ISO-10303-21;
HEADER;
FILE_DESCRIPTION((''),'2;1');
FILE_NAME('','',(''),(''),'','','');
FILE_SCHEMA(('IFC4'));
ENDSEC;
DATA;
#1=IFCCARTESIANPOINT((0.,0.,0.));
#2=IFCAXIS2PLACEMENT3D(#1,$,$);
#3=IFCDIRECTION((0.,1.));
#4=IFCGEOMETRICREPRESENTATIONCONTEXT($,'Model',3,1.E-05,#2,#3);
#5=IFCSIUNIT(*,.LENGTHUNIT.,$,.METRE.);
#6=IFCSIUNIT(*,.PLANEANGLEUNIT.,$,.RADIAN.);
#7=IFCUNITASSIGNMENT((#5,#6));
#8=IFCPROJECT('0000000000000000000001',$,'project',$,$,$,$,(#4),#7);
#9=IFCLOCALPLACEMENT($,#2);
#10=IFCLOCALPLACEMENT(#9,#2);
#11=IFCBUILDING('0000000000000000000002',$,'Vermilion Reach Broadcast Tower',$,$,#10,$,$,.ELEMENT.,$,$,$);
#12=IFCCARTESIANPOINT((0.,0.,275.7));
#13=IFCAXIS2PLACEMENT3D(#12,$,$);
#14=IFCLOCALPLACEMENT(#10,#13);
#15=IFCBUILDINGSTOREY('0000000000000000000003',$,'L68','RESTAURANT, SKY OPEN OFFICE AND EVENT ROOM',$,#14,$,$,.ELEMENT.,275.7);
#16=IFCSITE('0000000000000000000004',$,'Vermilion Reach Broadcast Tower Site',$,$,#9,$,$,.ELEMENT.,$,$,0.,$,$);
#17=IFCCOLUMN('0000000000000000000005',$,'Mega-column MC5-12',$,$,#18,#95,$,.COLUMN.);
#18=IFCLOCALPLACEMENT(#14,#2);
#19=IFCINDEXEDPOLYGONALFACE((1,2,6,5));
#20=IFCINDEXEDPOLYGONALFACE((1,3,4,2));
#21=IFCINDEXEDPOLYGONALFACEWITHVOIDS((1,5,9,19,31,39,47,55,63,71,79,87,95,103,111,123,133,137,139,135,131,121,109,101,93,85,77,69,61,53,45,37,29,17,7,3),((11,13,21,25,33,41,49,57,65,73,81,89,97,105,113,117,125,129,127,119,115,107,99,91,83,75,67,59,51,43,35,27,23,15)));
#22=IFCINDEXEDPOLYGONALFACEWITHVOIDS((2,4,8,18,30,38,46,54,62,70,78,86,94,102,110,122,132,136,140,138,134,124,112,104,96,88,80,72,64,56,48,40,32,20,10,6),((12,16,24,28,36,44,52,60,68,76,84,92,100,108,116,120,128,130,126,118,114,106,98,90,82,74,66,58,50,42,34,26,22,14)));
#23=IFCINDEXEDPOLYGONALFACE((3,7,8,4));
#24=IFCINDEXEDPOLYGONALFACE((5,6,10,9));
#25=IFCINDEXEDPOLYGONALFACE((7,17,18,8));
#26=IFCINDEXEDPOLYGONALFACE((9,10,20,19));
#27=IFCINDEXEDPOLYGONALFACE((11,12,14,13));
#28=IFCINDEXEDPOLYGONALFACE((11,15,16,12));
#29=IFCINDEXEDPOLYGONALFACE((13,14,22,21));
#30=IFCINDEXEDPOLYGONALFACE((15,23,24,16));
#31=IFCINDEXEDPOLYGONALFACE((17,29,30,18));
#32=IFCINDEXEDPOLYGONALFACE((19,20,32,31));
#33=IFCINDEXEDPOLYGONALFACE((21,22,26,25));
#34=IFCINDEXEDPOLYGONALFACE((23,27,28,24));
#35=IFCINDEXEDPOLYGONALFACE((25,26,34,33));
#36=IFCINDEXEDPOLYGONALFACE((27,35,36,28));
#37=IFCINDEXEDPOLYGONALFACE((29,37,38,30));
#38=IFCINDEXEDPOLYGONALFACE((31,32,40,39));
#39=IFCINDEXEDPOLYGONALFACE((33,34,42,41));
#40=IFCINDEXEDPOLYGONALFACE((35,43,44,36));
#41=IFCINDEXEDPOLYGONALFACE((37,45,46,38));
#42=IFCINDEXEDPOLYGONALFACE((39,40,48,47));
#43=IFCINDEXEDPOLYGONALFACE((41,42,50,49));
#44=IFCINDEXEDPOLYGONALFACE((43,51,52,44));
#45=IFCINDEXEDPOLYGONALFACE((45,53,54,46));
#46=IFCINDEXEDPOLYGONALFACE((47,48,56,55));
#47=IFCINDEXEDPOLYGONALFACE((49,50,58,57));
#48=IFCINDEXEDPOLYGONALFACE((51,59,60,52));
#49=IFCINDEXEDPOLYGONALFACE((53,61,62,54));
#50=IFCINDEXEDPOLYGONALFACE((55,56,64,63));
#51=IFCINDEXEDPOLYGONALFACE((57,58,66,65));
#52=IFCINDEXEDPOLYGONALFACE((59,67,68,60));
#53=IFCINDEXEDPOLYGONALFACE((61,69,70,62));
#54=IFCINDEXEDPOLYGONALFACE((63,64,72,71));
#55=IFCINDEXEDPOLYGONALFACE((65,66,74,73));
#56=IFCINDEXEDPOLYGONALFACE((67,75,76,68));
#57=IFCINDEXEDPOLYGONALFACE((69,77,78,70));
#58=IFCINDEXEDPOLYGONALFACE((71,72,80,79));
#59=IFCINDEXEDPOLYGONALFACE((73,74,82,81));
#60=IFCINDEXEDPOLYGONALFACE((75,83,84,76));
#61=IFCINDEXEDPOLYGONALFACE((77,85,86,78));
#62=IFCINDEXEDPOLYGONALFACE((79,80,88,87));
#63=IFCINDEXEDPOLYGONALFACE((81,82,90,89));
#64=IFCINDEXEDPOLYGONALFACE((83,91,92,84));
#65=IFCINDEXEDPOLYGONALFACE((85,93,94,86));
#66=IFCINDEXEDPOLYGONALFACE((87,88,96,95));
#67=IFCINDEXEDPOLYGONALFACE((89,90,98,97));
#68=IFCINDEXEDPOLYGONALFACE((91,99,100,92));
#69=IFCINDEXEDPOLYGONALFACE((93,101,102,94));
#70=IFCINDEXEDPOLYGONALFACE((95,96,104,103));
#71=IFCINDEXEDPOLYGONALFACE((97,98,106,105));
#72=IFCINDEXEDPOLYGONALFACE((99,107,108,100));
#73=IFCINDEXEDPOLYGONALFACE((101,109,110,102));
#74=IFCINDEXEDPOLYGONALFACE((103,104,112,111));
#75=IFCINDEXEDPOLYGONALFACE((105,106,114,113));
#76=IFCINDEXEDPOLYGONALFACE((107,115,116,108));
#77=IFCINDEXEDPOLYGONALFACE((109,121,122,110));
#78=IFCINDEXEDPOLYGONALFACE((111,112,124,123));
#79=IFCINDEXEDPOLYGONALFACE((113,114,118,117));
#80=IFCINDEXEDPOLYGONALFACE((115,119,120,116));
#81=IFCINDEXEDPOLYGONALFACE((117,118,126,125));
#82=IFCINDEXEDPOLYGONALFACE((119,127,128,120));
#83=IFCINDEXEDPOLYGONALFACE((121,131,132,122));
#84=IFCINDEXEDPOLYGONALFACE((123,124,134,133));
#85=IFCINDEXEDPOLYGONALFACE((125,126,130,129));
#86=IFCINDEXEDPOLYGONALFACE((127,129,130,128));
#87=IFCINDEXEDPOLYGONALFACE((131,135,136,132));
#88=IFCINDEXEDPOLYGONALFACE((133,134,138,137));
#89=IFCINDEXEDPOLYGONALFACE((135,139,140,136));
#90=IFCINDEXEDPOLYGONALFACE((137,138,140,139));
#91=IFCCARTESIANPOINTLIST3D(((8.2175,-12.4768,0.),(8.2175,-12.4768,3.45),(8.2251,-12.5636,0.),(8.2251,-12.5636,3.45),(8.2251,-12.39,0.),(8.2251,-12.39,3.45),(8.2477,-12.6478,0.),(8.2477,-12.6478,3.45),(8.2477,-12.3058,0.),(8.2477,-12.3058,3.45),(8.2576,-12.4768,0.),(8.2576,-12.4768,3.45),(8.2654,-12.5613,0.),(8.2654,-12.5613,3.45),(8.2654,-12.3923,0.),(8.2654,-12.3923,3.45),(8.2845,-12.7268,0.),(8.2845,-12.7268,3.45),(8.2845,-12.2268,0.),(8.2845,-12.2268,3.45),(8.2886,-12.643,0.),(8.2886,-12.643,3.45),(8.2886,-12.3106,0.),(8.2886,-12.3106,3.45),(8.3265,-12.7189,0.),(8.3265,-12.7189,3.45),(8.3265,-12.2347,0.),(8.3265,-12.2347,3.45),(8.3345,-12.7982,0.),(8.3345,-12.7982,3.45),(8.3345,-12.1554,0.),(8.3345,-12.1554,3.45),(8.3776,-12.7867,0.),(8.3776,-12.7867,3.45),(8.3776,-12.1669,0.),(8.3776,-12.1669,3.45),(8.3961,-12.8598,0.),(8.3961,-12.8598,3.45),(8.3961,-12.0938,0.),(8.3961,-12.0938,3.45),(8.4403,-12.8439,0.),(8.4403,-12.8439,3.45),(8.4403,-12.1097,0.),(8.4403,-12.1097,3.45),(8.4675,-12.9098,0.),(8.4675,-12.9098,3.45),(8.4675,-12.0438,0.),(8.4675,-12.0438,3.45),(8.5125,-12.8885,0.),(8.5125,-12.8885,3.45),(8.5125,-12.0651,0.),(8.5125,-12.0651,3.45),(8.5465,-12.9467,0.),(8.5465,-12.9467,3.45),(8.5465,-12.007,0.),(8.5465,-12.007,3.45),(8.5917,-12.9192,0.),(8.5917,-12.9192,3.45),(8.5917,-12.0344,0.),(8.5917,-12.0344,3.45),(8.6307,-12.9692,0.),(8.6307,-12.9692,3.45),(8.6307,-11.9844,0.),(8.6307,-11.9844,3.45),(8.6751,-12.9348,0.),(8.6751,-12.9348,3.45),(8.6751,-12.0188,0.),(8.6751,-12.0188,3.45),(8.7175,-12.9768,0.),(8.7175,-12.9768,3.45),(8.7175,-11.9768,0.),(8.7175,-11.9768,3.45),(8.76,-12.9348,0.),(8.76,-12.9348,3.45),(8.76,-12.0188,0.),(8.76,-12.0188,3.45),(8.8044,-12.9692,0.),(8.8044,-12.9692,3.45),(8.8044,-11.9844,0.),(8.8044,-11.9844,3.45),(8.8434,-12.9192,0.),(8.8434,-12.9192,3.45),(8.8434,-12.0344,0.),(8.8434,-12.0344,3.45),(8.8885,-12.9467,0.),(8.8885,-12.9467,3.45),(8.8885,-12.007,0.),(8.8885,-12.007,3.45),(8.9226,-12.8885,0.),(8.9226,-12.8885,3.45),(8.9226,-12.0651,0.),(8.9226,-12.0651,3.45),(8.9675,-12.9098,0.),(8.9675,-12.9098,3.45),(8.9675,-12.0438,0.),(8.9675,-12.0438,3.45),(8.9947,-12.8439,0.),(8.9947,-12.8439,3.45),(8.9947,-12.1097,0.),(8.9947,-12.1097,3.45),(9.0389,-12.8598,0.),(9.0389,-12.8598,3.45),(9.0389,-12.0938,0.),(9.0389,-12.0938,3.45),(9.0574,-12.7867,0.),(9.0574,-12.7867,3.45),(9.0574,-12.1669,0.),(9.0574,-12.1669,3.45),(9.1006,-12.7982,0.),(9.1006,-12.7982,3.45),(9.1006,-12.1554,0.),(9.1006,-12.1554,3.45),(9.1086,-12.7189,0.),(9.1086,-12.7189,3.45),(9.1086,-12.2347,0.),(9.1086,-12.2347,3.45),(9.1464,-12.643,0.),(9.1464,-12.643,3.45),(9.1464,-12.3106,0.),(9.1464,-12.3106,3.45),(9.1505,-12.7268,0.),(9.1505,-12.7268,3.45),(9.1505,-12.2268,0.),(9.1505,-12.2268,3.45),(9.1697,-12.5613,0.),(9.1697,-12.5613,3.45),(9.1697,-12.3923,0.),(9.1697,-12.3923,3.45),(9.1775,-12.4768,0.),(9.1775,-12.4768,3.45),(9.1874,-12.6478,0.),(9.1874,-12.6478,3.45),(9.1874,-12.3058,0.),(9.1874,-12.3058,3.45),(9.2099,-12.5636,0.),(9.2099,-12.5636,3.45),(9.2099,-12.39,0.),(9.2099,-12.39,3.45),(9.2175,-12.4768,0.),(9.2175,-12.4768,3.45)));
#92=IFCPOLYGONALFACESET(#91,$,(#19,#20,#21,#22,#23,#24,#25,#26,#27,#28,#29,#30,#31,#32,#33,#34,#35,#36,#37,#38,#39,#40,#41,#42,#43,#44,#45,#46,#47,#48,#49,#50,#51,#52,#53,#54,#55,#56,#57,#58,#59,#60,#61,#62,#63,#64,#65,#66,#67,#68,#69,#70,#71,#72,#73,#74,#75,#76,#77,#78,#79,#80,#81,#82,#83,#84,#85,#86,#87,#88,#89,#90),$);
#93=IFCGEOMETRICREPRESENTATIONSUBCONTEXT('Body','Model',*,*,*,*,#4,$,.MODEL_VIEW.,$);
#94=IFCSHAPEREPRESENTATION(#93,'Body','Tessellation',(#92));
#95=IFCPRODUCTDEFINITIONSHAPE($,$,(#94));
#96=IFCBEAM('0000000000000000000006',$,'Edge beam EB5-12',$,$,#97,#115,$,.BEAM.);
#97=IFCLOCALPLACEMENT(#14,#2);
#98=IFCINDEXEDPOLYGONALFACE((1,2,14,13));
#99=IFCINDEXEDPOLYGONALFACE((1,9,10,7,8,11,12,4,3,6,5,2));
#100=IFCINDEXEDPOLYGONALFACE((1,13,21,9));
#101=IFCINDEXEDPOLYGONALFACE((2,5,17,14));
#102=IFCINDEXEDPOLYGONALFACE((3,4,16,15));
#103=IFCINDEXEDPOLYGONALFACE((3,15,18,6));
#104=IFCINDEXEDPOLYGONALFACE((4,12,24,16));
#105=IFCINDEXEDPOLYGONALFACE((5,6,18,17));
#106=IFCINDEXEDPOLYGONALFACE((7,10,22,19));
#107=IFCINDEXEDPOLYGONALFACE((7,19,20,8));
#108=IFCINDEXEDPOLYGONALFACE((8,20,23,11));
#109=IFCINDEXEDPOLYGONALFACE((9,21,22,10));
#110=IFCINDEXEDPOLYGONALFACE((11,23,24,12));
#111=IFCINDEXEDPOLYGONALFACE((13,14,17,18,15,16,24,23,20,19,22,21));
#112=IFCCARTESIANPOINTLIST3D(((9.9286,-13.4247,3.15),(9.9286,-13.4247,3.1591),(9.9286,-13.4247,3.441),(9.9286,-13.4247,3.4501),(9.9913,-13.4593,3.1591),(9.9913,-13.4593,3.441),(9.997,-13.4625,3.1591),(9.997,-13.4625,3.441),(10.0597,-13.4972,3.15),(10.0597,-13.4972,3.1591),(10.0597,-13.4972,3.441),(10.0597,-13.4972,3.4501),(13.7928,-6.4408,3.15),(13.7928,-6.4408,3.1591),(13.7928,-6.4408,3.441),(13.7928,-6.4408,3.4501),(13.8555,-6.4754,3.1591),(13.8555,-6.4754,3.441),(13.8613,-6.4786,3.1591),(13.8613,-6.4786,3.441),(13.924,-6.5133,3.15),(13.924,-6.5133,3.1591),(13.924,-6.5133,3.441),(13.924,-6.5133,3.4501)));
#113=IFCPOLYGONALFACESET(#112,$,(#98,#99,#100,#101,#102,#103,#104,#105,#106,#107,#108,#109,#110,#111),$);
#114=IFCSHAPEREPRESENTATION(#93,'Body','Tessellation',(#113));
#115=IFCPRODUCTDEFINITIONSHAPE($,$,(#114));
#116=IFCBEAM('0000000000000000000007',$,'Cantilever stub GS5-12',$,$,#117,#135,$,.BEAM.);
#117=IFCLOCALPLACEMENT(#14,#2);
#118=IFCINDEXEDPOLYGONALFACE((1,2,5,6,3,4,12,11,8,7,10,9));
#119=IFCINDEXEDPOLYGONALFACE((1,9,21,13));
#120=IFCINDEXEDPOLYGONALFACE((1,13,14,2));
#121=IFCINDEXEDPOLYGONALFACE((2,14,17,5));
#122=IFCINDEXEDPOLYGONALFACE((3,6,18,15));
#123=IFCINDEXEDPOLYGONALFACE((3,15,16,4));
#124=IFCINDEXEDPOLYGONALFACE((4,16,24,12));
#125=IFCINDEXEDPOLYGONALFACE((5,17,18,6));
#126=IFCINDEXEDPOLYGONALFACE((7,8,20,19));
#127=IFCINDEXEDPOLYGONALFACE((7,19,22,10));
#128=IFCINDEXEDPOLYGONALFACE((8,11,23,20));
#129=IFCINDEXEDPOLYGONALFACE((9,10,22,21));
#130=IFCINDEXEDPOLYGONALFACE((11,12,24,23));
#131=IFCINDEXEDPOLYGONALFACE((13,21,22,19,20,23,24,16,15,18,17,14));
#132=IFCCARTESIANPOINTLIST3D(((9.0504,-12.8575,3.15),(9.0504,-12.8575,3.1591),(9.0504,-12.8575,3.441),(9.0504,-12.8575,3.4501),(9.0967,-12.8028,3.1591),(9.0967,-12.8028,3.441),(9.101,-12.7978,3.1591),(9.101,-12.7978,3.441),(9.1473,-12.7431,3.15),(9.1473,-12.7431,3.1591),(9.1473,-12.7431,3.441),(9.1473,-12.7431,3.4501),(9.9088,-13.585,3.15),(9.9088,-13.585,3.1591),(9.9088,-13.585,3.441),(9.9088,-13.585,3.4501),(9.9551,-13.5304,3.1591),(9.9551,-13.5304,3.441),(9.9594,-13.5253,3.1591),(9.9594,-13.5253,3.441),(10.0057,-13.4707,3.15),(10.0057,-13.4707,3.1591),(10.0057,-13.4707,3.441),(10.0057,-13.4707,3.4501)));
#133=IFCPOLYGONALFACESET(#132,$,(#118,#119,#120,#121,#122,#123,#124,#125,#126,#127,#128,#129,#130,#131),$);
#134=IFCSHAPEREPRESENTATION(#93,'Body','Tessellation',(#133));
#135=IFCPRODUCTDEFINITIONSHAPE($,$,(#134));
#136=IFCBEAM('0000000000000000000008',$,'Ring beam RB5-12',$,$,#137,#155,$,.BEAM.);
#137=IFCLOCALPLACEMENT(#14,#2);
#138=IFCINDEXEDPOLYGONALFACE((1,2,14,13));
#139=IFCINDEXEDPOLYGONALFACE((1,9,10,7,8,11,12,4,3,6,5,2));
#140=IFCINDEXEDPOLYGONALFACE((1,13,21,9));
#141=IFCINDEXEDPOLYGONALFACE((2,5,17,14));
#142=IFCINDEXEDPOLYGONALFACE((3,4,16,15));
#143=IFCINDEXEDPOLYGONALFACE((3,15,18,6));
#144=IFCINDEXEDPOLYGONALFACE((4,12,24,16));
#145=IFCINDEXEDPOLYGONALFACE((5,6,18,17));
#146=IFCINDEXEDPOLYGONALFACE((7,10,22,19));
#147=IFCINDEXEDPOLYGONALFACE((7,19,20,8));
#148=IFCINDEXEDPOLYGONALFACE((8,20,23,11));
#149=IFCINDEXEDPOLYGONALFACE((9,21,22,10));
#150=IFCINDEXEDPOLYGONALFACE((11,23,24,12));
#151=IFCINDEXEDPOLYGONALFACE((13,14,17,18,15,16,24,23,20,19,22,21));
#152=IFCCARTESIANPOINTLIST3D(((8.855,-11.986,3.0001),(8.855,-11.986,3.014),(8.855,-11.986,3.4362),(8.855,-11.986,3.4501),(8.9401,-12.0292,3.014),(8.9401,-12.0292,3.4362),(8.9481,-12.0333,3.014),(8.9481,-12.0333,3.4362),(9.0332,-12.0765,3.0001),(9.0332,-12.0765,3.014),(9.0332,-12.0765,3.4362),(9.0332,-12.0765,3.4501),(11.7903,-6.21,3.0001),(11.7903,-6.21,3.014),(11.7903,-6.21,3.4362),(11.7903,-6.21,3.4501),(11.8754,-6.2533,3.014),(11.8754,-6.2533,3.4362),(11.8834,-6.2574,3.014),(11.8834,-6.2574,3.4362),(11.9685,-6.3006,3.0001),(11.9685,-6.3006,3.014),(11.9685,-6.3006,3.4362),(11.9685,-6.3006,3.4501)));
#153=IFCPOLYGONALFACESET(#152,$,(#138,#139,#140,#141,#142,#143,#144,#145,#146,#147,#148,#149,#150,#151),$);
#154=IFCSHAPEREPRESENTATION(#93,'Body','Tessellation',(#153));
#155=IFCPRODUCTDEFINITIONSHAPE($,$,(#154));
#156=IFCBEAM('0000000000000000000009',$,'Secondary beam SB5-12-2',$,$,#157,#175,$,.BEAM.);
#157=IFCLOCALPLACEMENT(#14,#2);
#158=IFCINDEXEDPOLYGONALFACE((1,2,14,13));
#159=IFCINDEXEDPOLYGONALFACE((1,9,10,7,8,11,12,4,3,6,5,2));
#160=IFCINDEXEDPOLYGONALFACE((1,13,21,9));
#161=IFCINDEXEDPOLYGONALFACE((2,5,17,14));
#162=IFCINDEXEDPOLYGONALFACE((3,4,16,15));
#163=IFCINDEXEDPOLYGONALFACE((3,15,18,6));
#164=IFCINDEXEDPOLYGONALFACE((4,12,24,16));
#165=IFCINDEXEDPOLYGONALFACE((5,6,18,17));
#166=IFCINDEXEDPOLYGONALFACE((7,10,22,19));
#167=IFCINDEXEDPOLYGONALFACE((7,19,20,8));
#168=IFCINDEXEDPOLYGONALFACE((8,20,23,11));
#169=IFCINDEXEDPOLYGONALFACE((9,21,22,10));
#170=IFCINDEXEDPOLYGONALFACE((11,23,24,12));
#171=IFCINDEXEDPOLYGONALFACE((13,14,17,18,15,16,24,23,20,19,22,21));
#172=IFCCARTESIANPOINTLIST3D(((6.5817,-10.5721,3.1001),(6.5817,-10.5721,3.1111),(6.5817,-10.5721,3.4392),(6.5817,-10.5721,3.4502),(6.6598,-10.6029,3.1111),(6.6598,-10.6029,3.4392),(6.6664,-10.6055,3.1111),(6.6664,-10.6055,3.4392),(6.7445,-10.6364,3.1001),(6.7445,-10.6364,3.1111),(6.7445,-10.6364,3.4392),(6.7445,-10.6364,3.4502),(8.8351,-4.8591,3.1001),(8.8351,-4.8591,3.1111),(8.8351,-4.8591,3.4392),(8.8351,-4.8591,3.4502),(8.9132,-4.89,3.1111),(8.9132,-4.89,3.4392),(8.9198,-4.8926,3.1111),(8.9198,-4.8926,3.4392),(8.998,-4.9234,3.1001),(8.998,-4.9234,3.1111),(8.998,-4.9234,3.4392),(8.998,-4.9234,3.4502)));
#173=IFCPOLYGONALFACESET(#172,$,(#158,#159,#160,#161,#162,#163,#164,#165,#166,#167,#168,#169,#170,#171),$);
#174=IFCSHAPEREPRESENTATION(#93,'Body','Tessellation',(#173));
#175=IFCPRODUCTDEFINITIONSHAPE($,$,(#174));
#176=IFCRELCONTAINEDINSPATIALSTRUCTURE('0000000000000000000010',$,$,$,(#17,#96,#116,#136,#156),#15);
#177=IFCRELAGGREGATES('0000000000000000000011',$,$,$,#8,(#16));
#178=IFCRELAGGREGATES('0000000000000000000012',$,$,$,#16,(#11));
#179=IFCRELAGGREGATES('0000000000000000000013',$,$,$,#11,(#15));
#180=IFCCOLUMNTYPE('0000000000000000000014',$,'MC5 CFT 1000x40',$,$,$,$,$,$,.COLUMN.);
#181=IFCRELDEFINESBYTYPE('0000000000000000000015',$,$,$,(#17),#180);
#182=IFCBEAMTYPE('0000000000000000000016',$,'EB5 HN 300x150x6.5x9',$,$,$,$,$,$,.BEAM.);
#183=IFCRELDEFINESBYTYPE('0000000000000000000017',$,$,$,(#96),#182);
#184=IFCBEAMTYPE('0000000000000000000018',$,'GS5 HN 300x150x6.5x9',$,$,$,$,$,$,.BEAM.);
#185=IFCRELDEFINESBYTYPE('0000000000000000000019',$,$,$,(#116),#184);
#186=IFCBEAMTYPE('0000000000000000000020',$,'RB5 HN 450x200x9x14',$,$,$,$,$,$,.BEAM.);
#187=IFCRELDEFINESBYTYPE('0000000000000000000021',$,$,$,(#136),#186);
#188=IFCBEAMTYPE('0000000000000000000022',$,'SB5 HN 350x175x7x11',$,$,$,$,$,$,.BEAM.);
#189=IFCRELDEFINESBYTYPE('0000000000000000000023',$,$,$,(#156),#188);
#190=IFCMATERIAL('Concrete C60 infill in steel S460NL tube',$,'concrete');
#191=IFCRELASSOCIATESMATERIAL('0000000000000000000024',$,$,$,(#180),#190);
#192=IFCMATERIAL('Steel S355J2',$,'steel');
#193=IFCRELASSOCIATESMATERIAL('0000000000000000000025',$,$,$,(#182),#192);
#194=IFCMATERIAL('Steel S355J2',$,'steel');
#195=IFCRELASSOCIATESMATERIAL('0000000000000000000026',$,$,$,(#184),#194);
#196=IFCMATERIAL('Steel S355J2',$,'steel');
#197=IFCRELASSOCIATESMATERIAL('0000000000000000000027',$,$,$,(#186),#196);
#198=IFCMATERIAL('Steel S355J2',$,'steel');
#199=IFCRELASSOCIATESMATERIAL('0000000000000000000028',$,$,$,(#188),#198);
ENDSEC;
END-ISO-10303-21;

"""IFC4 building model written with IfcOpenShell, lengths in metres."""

from ifc_helpers import new_model, si_unit, direction, frame, origin, origin_2d, place, context, subcontext, project, spatial, hollow_circle, i_section, extrude, material, material_profile, profile_set, type_object, element, save


model = new_model("IFC4")

# Units and contexts
model_context = context("Model", 3, precision=1e-05, world=origin(), true_north=direction((0.0, 1.0)))
body_context = subcontext(model_context, "Body", "Model", "MODEL_VIEW")
ifc_project = project(units=[si_unit("LENGTHUNIT", "METRE"), si_unit("PLANEANGLEUNIT", "RADIAN")], contexts=[model_context])

# Site, building, storey
site_placement = place(None, origin())
site = spatial("IfcSite", under=ifc_project, at=site_placement, Name="Vermilion Reach Broadcast Tower Site", CompositionType="ELEMENT", RefElevation=0.0)
building_placement = place(site_placement, origin())
building = spatial("IfcBuilding", under=site, at=building_placement, Name="Vermilion Reach Broadcast Tower", CompositionType="ELEMENT")
storey_placement = place(building_placement, frame((0.0, 0.0, 275.7)))
storey = spatial("IfcBuildingStorey", under=building, at=storey_placement, Name="L68", Description="RESTAURANT, SKY OPEN OFFICE AND EVENT ROOM", CompositionType="ELEMENT", Elevation=275.7)

# Column
ifc_material_1 = material(Name="Concrete C60 infill in steel S460NL tube", Category="concrete")
ifc_material_profile_1 = material_profile(ifc_material_1, hollow_circle(Radius=0.5, WallThickness=0.04, at=origin_2d()), Name="Concrete C60 infill in steel S460NL tube CFT 1000x40")
ifc_profile_set_1 = profile_set([ifc_material_profile_1], Name="Concrete C60 infill in steel S460NL tube")
column_type = type_object("IfcColumnType", Name="MC5 CFT 1000x40", PredefinedType="COLUMN", material=ifc_profile_set_1)
column_placement = place(storey_placement, frame((8.7175, -12.4768, 0.0), z_axis=(0.0, 0.0, 1.0), x_axis=(1.0, 0.0, 0.0)))
element("IfcColumn", 1, at=column_placement, inside=storey, type_object=column_type, Name="Mega-column MC5-12", PredefinedType="COLUMN", context=body_context, shape_type="SweptSolid", body=[
    extrude(hollow_circle(Radius=0.5, WallThickness=0.04, at=origin_2d()), origin(), (0.0, 0.0, 1.0), 3.45),
])

# Beams
ifc_material_2 = material(Name="Steel S355J2", Category="steel")
ifc_material_profile_2 = material_profile(ifc_material_2, i_section(OverallWidth=0.1499, OverallDepth=0.3, WebThickness=0.0066, FlangeThickness=0.009, at=origin_2d()), Name="S355J2 HN 300x150x6.5x9")
ifc_profile_set_2 = profile_set([ifc_material_profile_2], Name="Steel S355J2")
beam_type_1 = type_object("IfcBeamType", Name="EB5 HN 300x150x6.5x9", PredefinedType="BEAM", material=ifc_profile_set_2)
beam_1_placement = place(storey_placement, frame((9.9941, -13.4609, 3.3), z_axis=(0.484141, 0.87499, 0.0), x_axis=(-0.87499, 0.484141, 0.0)))
element("IfcBeam", 2, at=beam_1_placement, inside=storey, type_object=beam_type_1, Name="Edge beam EB5-12", PredefinedType="BEAM", context=body_context, shape_type="SweptSolid", body=[
    extrude(i_section(OverallWidth=0.1499, OverallDepth=0.3, WebThickness=0.0066, FlangeThickness=0.009, at=origin_2d()), origin(), (0.0, 0.0, 1.0), 7.9817),
])
ifc_material_3 = material(Name="Steel S355J2", Category="steel")
ifc_material_profile_3 = material_profile(ifc_material_3, i_section(OverallWidth=0.1499, OverallDepth=0.3, WebThickness=0.0066, FlangeThickness=0.009, at=origin_2d()), Name="S355J2 HN 300x150x6.5x9")
ifc_profile_set_3 = profile_set([ifc_material_profile_3], Name="Steel S355J2")
beam_type_2 = type_object("IfcBeamType", Name="GS5 HN 300x150x6.5x9", PredefinedType="BEAM", material=ifc_profile_set_3)
beam_2_placement = place(storey_placement, frame((9.0989, -12.8003, 3.3), z_axis=(0.762859, -0.646565, 0.0), x_axis=(0.646565, 0.762859, 0.0)))
element("IfcBeam", 3, at=beam_2_placement, inside=storey, type_object=beam_type_2, Name="Cantilever stub GS5-12", PredefinedType="BEAM", context=body_context, shape_type="SweptSolid", body=[
    extrude(i_section(OverallWidth=0.1499, OverallDepth=0.3, WebThickness=0.0066, FlangeThickness=0.009, at=origin_2d()), origin(), (0.0, 0.0, 1.0), 1.1252),
])
ifc_material_4 = material(Name="Steel S355J2", Category="steel")
ifc_material_profile_4 = material_profile(ifc_material_4, i_section(OverallWidth=0.2, OverallDepth=0.45, WebThickness=0.009, FlangeThickness=0.0139, at=origin_2d()), Name="S355J2 HN 450x200x9x14")
ifc_profile_set_4 = profile_set([ifc_material_profile_4], Name="Steel S355J2")
beam_type_3 = type_object("IfcBeamType", Name="RB5 HN 450x200x9x14", PredefinedType="BEAM", material=ifc_profile_set_4)
beam_3_placement = place(storey_placement, frame((8.9441, -12.0312, 3.2251), z_axis=(0.453052, 0.891484, 0.0), x_axis=(-0.891484, 0.453052, 0.0)))
element("IfcBeam", 4, at=beam_3_placement, inside=storey, type_object=beam_type_3, Name="Ring beam RB5-12", PredefinedType="BEAM", context=body_context, shape_type="SweptSolid", body=[
    extrude(i_section(OverallWidth=0.2, OverallDepth=0.45, WebThickness=0.009, FlangeThickness=0.0139, at=origin_2d()), origin(), (0.0, 0.0, 1.0), 6.479),
])
ifc_material_5 = material(Name="Steel S355J2", Category="steel")
ifc_material_profile_5 = material_profile(ifc_material_5, i_section(OverallWidth=0.175, OverallDepth=0.3501, WebThickness=0.0071, FlangeThickness=0.011, at=origin_2d()), Name="S355J2 HN 350x175x7x11")
ifc_profile_set_5 = profile_set([ifc_material_profile_5], Name="Steel S355J2")
beam_type_4 = type_object("IfcBeamType", Name="SB5 HN 350x175x7x11", PredefinedType="BEAM", material=ifc_profile_set_5)
beam_4_placement = place(storey_placement, frame((6.6631, -10.6042, 3.2751), z_axis=(0.366931, 0.930248, 0.0), x_axis=(-0.930248, 0.366931, 0.0)))
element("IfcBeam", 5, at=beam_4_placement, inside=storey, type_object=beam_type_4, Name="Secondary beam SB5-12-2", PredefinedType="BEAM", context=body_context, shape_type="SweptSolid", body=[
    extrude(i_section(OverallWidth=0.175, OverallDepth=0.3501, WebThickness=0.0071, FlangeThickness=0.011, at=origin_2d()), origin(), (0.0, 0.0, 1.0), 6.1414),
])

save(model, "model.ifc")
